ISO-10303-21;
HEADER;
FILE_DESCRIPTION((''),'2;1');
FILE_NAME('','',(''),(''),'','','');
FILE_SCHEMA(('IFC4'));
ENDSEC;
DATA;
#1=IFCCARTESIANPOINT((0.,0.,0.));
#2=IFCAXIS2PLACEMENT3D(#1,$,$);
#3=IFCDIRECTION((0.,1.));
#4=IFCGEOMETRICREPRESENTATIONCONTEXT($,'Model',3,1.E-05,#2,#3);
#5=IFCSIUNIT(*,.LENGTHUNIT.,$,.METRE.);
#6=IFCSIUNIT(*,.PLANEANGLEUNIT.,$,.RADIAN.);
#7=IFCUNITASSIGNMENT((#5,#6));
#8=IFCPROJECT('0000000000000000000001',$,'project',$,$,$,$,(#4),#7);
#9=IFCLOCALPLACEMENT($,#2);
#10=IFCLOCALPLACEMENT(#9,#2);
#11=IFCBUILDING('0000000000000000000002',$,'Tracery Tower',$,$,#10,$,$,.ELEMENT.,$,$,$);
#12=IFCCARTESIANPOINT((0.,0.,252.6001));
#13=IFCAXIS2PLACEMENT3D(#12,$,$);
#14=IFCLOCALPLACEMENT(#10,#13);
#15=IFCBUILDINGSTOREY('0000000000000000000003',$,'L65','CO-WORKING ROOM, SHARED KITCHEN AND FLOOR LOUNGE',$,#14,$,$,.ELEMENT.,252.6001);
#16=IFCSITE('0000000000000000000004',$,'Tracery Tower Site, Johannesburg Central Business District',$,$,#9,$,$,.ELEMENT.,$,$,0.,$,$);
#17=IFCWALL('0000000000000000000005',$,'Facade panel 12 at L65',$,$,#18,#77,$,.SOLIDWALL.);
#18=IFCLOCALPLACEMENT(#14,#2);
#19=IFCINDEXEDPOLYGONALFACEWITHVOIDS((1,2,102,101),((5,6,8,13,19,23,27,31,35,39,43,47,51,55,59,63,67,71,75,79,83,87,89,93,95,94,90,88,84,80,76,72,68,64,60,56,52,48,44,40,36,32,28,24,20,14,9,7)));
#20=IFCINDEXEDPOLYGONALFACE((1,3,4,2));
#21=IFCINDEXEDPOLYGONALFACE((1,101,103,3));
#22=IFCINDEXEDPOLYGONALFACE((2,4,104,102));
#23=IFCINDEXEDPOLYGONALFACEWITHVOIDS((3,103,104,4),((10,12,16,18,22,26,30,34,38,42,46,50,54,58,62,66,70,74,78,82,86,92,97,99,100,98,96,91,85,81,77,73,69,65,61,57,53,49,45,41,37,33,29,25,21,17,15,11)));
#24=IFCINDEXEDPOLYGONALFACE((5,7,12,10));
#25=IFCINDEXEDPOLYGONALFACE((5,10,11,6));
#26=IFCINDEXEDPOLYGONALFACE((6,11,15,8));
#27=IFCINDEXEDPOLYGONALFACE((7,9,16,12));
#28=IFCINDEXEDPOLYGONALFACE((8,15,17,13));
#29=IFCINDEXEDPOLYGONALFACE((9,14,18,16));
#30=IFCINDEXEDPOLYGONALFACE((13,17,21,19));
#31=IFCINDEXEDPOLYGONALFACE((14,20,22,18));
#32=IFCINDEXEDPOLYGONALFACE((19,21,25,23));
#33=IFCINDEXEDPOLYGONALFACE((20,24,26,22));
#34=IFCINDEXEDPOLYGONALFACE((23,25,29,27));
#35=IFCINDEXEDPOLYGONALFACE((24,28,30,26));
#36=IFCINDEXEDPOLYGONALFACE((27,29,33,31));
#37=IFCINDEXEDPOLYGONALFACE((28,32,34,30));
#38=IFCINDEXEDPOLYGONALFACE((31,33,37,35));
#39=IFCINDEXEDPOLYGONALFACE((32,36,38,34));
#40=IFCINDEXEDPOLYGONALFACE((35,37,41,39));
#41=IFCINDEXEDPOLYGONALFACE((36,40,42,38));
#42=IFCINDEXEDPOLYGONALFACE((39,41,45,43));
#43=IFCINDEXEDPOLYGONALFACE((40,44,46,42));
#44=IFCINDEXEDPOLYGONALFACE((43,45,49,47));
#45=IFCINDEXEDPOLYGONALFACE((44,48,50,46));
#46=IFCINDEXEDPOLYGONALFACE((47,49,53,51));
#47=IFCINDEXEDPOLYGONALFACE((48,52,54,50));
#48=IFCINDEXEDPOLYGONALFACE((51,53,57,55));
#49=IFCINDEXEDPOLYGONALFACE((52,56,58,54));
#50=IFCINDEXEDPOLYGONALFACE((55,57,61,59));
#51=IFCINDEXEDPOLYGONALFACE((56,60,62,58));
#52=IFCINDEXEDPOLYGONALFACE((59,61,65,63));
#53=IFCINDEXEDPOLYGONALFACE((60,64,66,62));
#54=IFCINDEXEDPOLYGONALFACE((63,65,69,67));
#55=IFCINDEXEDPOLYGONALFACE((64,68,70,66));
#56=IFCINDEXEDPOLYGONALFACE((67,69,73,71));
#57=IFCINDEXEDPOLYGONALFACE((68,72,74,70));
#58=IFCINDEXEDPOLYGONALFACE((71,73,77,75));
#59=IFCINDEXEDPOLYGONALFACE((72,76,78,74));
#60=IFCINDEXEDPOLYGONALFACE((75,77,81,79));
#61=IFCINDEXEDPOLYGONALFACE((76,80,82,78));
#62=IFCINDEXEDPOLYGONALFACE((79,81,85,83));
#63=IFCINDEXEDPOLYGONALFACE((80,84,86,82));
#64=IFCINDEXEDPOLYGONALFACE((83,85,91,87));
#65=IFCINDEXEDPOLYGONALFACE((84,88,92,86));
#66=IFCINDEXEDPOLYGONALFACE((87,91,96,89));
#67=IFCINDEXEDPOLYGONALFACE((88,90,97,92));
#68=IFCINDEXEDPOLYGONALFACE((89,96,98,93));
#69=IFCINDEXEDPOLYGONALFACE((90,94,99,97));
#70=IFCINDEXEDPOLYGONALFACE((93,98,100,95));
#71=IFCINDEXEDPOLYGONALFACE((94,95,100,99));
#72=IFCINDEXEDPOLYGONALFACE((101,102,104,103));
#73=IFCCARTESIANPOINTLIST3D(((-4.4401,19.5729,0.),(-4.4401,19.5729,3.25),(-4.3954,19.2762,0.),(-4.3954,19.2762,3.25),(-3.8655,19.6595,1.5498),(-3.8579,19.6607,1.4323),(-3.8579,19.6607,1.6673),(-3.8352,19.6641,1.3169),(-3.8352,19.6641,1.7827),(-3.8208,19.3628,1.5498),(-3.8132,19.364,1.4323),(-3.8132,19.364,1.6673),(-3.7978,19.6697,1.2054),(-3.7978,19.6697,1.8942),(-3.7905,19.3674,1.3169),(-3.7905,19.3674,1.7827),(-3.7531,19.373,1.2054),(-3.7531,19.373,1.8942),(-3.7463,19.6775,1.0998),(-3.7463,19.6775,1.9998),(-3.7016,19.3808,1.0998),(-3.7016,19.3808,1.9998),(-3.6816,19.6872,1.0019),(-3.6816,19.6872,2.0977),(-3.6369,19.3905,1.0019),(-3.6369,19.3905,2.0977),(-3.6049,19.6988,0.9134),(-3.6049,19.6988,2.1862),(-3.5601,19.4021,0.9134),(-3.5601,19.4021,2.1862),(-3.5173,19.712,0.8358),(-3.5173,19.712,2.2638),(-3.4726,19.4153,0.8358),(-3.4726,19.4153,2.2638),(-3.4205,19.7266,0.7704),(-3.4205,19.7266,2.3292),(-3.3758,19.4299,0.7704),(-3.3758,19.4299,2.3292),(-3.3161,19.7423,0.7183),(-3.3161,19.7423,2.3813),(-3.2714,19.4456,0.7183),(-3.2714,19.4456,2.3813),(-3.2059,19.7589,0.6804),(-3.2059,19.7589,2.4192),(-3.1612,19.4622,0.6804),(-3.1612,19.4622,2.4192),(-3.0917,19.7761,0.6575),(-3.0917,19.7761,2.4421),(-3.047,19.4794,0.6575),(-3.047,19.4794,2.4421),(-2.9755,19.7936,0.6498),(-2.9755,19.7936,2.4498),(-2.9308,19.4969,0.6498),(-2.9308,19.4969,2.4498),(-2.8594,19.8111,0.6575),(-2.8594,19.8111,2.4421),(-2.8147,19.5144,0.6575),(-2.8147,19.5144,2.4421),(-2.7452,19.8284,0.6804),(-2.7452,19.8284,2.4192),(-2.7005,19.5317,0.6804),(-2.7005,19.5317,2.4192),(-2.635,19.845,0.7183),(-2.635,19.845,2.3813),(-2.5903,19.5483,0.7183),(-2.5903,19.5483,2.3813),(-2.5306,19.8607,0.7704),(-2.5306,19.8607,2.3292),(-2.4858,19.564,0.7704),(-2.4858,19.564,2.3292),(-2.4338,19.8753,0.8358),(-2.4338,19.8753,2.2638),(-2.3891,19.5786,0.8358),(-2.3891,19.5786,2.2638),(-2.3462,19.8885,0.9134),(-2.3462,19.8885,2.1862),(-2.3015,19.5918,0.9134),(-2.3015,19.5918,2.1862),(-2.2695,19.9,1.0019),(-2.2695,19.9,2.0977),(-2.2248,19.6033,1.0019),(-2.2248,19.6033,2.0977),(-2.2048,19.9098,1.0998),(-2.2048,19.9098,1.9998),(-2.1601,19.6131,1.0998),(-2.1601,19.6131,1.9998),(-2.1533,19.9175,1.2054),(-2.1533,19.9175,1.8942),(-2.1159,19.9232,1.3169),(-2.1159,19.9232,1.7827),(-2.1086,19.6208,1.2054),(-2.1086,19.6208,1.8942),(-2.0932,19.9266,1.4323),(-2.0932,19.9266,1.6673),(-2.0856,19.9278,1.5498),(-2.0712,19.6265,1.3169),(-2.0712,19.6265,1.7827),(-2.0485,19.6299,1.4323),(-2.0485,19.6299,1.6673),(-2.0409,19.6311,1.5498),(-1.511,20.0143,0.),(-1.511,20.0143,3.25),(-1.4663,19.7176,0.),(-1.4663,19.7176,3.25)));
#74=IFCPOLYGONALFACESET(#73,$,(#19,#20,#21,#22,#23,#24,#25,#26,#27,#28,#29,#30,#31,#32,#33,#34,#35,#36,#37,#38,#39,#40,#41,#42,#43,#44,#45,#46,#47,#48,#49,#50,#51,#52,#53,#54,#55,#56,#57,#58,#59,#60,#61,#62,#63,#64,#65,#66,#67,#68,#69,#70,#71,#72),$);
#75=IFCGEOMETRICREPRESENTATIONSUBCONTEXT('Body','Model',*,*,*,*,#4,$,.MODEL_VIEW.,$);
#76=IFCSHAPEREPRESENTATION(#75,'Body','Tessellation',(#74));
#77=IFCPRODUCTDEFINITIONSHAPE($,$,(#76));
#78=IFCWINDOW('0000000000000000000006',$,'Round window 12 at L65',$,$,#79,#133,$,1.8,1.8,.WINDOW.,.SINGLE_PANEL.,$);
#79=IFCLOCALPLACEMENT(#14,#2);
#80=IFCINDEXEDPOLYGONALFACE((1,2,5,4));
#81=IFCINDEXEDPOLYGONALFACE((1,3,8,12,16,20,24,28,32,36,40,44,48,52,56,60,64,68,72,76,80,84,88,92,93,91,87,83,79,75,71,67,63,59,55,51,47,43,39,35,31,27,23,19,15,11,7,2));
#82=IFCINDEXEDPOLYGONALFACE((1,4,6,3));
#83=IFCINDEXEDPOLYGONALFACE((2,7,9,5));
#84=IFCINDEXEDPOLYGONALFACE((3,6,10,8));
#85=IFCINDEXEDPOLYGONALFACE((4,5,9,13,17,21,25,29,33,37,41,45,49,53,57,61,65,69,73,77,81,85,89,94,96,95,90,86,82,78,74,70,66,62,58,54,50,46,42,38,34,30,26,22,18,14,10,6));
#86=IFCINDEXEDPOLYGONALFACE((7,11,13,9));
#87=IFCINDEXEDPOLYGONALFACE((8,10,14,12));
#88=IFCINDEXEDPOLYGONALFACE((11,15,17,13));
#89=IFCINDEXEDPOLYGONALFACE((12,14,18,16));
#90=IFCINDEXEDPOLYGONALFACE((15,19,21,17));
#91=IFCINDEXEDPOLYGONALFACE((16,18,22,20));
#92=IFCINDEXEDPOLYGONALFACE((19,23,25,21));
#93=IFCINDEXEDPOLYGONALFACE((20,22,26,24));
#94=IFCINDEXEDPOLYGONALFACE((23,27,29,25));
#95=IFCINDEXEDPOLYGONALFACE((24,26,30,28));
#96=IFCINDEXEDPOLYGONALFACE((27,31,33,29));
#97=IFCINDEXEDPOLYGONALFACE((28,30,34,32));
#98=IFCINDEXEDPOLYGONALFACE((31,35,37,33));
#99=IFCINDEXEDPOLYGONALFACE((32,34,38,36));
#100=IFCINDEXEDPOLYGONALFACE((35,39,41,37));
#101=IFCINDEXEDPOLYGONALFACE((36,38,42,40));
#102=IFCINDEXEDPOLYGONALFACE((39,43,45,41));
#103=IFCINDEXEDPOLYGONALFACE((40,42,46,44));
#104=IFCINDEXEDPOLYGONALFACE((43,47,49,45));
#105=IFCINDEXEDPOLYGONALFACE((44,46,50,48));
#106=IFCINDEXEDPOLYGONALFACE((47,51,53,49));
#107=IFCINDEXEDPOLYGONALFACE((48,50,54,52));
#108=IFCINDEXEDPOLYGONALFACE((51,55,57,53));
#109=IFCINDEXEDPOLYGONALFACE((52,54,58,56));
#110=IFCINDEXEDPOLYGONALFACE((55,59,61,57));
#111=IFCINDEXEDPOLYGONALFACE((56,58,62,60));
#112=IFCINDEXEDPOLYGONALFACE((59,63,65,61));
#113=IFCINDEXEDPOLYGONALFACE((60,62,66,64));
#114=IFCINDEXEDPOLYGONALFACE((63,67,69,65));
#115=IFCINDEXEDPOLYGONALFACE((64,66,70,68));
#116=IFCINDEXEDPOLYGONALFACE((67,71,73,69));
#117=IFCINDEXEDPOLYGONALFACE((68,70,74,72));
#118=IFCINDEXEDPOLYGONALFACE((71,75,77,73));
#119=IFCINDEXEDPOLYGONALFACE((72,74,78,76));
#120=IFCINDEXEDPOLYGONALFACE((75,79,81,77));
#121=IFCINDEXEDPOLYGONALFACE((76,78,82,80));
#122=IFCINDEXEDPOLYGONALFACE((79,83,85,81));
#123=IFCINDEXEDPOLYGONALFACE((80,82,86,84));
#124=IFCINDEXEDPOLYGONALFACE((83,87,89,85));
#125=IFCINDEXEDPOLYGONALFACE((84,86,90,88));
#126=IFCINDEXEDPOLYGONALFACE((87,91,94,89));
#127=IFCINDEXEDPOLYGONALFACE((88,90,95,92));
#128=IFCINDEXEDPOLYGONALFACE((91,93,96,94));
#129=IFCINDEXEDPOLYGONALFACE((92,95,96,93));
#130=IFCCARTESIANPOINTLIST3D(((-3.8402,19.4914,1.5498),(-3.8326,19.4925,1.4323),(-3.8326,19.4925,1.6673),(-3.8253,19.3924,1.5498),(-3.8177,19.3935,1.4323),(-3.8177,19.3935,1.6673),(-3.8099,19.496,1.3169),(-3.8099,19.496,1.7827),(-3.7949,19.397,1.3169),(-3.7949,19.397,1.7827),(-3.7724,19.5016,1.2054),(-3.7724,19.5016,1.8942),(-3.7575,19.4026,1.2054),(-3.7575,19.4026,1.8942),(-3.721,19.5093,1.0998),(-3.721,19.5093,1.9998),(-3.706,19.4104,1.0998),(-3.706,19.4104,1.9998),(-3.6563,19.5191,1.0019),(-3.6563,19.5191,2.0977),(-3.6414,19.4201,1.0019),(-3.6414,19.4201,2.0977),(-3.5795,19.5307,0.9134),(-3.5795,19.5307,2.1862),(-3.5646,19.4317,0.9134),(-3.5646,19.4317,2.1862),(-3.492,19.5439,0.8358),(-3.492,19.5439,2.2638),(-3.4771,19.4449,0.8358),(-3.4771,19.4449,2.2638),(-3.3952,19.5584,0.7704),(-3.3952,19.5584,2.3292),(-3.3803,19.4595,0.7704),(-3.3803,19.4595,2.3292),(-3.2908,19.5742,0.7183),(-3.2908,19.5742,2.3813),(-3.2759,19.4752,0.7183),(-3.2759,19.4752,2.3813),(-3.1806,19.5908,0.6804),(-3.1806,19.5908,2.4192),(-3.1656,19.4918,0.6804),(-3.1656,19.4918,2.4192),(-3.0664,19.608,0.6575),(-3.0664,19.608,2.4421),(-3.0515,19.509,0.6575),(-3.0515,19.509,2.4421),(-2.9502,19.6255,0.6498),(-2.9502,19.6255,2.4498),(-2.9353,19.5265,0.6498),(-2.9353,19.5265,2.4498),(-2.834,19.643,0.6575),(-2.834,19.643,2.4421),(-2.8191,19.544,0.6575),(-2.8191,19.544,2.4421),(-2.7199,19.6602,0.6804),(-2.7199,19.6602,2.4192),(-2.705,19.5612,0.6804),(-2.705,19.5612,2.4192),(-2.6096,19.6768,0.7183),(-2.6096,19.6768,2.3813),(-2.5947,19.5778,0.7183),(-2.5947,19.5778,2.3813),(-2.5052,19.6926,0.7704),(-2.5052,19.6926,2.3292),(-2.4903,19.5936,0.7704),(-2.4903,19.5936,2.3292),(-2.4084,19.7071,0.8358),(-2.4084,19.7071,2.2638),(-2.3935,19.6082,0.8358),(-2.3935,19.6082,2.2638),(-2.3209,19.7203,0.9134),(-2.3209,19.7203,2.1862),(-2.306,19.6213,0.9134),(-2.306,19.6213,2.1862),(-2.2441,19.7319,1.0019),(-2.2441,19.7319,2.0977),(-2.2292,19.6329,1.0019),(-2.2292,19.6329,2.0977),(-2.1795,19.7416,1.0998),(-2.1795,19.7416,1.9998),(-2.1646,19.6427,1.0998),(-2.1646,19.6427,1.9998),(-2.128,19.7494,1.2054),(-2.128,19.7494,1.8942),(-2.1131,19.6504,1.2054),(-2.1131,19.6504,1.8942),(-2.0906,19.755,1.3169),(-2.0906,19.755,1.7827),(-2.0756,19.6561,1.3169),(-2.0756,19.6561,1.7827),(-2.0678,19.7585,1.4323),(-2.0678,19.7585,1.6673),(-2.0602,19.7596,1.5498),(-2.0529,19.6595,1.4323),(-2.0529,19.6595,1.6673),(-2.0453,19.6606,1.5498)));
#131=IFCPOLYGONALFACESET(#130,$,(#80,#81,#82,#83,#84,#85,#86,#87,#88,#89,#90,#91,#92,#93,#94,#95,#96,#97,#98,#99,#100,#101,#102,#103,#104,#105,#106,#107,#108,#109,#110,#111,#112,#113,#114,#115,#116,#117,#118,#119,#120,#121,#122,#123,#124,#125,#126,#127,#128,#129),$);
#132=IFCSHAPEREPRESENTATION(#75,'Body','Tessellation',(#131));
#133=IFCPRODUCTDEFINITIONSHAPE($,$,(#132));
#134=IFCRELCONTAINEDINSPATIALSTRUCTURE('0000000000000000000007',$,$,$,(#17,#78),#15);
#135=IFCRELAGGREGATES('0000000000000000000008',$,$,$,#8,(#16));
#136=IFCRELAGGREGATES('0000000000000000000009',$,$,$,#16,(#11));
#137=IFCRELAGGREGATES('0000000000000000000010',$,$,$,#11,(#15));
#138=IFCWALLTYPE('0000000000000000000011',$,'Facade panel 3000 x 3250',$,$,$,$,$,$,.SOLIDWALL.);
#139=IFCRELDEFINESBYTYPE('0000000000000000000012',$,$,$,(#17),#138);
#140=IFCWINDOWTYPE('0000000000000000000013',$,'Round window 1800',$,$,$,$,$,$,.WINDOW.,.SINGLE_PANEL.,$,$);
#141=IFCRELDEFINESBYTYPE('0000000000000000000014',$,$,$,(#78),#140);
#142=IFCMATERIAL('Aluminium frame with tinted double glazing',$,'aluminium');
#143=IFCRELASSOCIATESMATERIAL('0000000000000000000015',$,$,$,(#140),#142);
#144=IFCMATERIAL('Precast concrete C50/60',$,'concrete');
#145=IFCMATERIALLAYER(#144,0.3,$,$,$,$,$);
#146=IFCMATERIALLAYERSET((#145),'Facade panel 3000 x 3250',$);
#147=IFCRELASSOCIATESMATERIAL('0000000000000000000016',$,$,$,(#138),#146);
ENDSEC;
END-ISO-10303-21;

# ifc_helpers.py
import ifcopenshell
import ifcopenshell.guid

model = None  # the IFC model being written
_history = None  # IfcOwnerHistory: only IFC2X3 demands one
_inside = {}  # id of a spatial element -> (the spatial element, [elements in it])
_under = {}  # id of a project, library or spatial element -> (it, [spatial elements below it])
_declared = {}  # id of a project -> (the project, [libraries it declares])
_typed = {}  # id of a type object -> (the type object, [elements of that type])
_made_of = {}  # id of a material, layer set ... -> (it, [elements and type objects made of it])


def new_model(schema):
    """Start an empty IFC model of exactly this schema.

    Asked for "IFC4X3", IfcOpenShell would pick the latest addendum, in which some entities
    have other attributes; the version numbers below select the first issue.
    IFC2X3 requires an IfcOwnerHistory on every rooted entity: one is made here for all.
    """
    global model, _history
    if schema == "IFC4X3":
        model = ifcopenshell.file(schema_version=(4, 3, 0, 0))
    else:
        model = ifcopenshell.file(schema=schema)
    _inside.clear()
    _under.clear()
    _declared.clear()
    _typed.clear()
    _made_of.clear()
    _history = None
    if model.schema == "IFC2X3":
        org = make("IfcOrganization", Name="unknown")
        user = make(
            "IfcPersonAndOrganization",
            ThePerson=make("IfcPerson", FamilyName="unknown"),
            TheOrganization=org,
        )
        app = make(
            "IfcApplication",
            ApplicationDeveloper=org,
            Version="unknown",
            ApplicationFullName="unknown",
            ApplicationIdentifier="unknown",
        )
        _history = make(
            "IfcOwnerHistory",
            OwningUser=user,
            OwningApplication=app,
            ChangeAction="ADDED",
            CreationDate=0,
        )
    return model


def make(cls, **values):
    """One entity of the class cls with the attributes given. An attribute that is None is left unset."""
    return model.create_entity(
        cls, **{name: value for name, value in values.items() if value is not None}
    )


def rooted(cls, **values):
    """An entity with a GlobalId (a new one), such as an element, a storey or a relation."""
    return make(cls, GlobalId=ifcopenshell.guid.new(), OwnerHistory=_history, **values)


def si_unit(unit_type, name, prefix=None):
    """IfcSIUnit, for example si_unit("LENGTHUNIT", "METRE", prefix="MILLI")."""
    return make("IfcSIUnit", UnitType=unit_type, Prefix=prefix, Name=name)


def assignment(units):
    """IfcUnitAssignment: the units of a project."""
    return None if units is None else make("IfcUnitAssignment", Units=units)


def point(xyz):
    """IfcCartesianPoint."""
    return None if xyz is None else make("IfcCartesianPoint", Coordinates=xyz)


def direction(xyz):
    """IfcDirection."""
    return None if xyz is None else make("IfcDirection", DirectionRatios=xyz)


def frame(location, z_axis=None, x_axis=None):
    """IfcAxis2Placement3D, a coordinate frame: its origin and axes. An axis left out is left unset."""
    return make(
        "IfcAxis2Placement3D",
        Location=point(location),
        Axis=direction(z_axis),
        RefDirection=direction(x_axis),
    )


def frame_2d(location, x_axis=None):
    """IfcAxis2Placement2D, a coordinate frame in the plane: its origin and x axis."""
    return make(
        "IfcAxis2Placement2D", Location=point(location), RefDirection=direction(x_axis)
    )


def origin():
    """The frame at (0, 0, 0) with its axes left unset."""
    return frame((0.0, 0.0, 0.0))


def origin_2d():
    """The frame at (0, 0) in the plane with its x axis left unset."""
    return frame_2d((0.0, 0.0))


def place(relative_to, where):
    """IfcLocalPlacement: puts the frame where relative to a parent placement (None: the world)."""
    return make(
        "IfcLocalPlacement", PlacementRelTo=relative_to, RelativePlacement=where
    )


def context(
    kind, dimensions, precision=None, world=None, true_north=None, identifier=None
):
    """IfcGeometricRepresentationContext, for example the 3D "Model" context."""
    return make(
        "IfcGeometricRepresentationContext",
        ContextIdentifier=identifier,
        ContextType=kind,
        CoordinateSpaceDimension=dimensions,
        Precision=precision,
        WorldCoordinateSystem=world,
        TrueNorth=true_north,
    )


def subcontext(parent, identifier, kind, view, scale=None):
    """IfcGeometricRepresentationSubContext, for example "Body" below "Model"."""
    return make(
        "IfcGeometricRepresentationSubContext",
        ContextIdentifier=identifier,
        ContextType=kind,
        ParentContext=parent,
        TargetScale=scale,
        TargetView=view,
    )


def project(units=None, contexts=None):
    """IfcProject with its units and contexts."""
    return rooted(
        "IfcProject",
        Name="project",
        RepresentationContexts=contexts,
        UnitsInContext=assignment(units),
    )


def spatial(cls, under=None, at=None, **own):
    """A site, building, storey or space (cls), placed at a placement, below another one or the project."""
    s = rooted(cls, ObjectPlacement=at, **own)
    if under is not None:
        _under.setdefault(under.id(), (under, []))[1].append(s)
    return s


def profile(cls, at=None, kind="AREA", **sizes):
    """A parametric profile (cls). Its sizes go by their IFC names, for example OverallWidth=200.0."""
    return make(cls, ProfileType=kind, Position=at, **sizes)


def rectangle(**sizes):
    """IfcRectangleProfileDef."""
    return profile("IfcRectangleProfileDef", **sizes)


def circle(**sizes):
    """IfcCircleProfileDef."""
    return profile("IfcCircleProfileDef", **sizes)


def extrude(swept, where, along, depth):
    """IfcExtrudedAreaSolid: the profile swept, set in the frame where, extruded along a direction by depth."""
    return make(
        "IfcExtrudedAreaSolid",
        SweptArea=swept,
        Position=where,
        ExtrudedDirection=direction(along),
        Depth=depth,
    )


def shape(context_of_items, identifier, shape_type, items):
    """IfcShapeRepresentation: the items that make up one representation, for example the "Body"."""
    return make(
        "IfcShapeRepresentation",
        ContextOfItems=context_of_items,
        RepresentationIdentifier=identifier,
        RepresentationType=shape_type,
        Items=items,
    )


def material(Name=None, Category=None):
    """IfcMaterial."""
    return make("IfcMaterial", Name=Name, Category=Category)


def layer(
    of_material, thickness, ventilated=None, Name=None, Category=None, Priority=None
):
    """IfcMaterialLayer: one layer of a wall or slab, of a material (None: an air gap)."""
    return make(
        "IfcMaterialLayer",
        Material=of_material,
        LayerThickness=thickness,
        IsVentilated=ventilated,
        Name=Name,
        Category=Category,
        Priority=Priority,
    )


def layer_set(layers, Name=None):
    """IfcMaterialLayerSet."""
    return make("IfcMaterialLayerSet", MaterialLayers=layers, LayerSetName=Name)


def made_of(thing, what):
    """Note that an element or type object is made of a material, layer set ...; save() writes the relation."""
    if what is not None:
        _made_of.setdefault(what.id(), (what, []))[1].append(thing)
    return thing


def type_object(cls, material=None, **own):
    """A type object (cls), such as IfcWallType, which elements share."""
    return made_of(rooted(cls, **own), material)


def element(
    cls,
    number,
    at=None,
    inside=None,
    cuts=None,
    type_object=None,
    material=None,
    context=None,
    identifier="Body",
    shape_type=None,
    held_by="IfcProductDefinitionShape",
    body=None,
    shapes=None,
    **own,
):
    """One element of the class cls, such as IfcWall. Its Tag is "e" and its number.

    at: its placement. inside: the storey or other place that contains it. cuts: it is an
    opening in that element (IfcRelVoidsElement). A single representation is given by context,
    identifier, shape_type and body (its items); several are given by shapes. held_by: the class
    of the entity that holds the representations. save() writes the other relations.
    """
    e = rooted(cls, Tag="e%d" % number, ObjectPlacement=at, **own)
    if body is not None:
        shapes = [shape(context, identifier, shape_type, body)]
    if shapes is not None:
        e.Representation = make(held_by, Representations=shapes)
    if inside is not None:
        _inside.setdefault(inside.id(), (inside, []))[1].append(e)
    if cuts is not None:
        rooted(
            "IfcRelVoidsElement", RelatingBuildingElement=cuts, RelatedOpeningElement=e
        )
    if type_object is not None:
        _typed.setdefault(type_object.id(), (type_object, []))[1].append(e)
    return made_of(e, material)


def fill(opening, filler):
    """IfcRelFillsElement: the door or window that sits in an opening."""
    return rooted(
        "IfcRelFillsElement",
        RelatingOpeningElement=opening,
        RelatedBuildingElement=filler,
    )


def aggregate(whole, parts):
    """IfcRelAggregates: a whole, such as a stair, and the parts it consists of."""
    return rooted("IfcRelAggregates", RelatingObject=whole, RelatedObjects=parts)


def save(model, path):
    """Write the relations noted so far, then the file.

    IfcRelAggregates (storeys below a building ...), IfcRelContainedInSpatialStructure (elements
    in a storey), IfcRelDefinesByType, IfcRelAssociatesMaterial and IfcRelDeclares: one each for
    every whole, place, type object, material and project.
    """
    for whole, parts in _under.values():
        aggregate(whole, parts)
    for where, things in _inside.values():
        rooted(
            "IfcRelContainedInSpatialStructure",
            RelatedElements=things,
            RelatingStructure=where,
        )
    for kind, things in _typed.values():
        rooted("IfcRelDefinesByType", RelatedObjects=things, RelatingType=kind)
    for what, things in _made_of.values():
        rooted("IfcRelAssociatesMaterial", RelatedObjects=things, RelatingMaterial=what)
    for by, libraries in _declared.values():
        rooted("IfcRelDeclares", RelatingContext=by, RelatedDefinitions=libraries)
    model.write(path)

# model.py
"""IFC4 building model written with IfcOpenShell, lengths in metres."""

from ifc_helpers import new_model, si_unit, direction, frame, frame_2d, origin, origin_2d, place, context, subcontext, project, spatial, rectangle, circle, extrude, material, layer, layer_set, type_object, element, fill, save


model = new_model("IFC4")

# Units and contexts
model_context = context("Model", 3, precision=1e-05, world=origin(), true_north=direction((0.0, 1.0)))
body_context = subcontext(model_context, "Body", "Model", "MODEL_VIEW")
ifc_project = project(units=[si_unit("LENGTHUNIT", "METRE"), si_unit("PLANEANGLEUNIT", "RADIAN")], contexts=[model_context])

# Site, building, storey
site_placement = place(None, origin())
site = spatial("IfcSite", under=ifc_project, at=site_placement, Name="Tracery Tower Site, Johannesburg Central Business District", CompositionType="ELEMENT", RefElevation=0.0)
building_placement = place(site_placement, origin())
building = spatial("IfcBuilding", under=site, at=building_placement, Name="Tracery Tower", CompositionType="ELEMENT")
storey_placement = place(building_placement, frame((0.0, 0.0, 252.6001)))
storey = spatial("IfcBuildingStorey", under=building, at=storey_placement, Name="L65", Description="CO-WORKING ROOM, SHARED KITCHEN AND FLOOR LOUNGE", CompositionType="ELEMENT", Elevation=252.6001)

# Wall, opening, window
ifc_material_1 = material(Name="Aluminium frame with tinted double glazing", Category="aluminium")
window_type = type_object("IfcWindowType", Name="Round window 1800", PartitioningType="SINGLE_PANEL", PredefinedType="WINDOW", material=ifc_material_1)
ifc_material_2 = material(Name="Precast concrete C50/60", Category="concrete")
ifc_layer_1 = layer(ifc_material_2, 0.3)
ifc_layer_set_1 = layer_set([ifc_layer_1], Name="Facade panel 3000 x 3250")
wall_type_1 = type_object("IfcWallType", Name="Facade panel 3000 x 3250", PredefinedType="SOLIDWALL", material=ifc_layer_set_1)
wall_1_placement = place(storey_placement, frame((-1.4888, 19.866, 0.0), z_axis=(0.0, 0.0, 1.0), x_axis=(-0.988836, -0.149009, 0.0)))
wall_1 = element("IfcWall", 1, at=wall_1_placement, inside=storey, type_object=wall_type_1, Name="Facade panel 12 at L65", PredefinedType="SOLIDWALL", context=body_context, shape_type="SweptSolid", body=[
    extrude(rectangle(XDim=2.9622, YDim=0.3, at=frame_2d((1.481, 0.0))), origin(), (0.0, 0.0, 1.0), 3.25),
])
opening_1_placement = place(wall_1_placement, frame((1.481, 0.0, 1.5498)))
opening_1 = element("IfcOpeningElement", 2, at=opening_1_placement, cuts=wall_1, PredefinedType="OPENING", context=body_context, shape_type="SweptSolid", body=[
    extrude(circle(Radius=0.9, at=origin_2d()), frame((0.0, 0.1599, 0.0), z_axis=(0.0, -1.0, 0.0), x_axis=(1.0, 0.0, 0.0)), (0.0, 0.0, 1.0), 0.3201),
])
window_1_placement = place(opening_1_placement, origin())
window_1 = element("IfcWindow", 3, at=window_1_placement, inside=storey, type_object=window_type, Name="Round window 12 at L65", OverallHeight=1.8, OverallWidth=1.8, PartitioningType="SINGLE_PANEL", PredefinedType="WINDOW", context=body_context, shape_type="SweptSolid", body=[
    extrude(circle(Radius=0.9, at=origin_2d()), frame((0.0, 0.1201, 0.0), z_axis=(0.0, -1.0, 0.0), x_axis=(1.0, 0.0, 0.0)), (0.0, 0.0, 1.0), 0.1001),
])
fill(opening_1, window_1)

save(model, "model.ifc")
